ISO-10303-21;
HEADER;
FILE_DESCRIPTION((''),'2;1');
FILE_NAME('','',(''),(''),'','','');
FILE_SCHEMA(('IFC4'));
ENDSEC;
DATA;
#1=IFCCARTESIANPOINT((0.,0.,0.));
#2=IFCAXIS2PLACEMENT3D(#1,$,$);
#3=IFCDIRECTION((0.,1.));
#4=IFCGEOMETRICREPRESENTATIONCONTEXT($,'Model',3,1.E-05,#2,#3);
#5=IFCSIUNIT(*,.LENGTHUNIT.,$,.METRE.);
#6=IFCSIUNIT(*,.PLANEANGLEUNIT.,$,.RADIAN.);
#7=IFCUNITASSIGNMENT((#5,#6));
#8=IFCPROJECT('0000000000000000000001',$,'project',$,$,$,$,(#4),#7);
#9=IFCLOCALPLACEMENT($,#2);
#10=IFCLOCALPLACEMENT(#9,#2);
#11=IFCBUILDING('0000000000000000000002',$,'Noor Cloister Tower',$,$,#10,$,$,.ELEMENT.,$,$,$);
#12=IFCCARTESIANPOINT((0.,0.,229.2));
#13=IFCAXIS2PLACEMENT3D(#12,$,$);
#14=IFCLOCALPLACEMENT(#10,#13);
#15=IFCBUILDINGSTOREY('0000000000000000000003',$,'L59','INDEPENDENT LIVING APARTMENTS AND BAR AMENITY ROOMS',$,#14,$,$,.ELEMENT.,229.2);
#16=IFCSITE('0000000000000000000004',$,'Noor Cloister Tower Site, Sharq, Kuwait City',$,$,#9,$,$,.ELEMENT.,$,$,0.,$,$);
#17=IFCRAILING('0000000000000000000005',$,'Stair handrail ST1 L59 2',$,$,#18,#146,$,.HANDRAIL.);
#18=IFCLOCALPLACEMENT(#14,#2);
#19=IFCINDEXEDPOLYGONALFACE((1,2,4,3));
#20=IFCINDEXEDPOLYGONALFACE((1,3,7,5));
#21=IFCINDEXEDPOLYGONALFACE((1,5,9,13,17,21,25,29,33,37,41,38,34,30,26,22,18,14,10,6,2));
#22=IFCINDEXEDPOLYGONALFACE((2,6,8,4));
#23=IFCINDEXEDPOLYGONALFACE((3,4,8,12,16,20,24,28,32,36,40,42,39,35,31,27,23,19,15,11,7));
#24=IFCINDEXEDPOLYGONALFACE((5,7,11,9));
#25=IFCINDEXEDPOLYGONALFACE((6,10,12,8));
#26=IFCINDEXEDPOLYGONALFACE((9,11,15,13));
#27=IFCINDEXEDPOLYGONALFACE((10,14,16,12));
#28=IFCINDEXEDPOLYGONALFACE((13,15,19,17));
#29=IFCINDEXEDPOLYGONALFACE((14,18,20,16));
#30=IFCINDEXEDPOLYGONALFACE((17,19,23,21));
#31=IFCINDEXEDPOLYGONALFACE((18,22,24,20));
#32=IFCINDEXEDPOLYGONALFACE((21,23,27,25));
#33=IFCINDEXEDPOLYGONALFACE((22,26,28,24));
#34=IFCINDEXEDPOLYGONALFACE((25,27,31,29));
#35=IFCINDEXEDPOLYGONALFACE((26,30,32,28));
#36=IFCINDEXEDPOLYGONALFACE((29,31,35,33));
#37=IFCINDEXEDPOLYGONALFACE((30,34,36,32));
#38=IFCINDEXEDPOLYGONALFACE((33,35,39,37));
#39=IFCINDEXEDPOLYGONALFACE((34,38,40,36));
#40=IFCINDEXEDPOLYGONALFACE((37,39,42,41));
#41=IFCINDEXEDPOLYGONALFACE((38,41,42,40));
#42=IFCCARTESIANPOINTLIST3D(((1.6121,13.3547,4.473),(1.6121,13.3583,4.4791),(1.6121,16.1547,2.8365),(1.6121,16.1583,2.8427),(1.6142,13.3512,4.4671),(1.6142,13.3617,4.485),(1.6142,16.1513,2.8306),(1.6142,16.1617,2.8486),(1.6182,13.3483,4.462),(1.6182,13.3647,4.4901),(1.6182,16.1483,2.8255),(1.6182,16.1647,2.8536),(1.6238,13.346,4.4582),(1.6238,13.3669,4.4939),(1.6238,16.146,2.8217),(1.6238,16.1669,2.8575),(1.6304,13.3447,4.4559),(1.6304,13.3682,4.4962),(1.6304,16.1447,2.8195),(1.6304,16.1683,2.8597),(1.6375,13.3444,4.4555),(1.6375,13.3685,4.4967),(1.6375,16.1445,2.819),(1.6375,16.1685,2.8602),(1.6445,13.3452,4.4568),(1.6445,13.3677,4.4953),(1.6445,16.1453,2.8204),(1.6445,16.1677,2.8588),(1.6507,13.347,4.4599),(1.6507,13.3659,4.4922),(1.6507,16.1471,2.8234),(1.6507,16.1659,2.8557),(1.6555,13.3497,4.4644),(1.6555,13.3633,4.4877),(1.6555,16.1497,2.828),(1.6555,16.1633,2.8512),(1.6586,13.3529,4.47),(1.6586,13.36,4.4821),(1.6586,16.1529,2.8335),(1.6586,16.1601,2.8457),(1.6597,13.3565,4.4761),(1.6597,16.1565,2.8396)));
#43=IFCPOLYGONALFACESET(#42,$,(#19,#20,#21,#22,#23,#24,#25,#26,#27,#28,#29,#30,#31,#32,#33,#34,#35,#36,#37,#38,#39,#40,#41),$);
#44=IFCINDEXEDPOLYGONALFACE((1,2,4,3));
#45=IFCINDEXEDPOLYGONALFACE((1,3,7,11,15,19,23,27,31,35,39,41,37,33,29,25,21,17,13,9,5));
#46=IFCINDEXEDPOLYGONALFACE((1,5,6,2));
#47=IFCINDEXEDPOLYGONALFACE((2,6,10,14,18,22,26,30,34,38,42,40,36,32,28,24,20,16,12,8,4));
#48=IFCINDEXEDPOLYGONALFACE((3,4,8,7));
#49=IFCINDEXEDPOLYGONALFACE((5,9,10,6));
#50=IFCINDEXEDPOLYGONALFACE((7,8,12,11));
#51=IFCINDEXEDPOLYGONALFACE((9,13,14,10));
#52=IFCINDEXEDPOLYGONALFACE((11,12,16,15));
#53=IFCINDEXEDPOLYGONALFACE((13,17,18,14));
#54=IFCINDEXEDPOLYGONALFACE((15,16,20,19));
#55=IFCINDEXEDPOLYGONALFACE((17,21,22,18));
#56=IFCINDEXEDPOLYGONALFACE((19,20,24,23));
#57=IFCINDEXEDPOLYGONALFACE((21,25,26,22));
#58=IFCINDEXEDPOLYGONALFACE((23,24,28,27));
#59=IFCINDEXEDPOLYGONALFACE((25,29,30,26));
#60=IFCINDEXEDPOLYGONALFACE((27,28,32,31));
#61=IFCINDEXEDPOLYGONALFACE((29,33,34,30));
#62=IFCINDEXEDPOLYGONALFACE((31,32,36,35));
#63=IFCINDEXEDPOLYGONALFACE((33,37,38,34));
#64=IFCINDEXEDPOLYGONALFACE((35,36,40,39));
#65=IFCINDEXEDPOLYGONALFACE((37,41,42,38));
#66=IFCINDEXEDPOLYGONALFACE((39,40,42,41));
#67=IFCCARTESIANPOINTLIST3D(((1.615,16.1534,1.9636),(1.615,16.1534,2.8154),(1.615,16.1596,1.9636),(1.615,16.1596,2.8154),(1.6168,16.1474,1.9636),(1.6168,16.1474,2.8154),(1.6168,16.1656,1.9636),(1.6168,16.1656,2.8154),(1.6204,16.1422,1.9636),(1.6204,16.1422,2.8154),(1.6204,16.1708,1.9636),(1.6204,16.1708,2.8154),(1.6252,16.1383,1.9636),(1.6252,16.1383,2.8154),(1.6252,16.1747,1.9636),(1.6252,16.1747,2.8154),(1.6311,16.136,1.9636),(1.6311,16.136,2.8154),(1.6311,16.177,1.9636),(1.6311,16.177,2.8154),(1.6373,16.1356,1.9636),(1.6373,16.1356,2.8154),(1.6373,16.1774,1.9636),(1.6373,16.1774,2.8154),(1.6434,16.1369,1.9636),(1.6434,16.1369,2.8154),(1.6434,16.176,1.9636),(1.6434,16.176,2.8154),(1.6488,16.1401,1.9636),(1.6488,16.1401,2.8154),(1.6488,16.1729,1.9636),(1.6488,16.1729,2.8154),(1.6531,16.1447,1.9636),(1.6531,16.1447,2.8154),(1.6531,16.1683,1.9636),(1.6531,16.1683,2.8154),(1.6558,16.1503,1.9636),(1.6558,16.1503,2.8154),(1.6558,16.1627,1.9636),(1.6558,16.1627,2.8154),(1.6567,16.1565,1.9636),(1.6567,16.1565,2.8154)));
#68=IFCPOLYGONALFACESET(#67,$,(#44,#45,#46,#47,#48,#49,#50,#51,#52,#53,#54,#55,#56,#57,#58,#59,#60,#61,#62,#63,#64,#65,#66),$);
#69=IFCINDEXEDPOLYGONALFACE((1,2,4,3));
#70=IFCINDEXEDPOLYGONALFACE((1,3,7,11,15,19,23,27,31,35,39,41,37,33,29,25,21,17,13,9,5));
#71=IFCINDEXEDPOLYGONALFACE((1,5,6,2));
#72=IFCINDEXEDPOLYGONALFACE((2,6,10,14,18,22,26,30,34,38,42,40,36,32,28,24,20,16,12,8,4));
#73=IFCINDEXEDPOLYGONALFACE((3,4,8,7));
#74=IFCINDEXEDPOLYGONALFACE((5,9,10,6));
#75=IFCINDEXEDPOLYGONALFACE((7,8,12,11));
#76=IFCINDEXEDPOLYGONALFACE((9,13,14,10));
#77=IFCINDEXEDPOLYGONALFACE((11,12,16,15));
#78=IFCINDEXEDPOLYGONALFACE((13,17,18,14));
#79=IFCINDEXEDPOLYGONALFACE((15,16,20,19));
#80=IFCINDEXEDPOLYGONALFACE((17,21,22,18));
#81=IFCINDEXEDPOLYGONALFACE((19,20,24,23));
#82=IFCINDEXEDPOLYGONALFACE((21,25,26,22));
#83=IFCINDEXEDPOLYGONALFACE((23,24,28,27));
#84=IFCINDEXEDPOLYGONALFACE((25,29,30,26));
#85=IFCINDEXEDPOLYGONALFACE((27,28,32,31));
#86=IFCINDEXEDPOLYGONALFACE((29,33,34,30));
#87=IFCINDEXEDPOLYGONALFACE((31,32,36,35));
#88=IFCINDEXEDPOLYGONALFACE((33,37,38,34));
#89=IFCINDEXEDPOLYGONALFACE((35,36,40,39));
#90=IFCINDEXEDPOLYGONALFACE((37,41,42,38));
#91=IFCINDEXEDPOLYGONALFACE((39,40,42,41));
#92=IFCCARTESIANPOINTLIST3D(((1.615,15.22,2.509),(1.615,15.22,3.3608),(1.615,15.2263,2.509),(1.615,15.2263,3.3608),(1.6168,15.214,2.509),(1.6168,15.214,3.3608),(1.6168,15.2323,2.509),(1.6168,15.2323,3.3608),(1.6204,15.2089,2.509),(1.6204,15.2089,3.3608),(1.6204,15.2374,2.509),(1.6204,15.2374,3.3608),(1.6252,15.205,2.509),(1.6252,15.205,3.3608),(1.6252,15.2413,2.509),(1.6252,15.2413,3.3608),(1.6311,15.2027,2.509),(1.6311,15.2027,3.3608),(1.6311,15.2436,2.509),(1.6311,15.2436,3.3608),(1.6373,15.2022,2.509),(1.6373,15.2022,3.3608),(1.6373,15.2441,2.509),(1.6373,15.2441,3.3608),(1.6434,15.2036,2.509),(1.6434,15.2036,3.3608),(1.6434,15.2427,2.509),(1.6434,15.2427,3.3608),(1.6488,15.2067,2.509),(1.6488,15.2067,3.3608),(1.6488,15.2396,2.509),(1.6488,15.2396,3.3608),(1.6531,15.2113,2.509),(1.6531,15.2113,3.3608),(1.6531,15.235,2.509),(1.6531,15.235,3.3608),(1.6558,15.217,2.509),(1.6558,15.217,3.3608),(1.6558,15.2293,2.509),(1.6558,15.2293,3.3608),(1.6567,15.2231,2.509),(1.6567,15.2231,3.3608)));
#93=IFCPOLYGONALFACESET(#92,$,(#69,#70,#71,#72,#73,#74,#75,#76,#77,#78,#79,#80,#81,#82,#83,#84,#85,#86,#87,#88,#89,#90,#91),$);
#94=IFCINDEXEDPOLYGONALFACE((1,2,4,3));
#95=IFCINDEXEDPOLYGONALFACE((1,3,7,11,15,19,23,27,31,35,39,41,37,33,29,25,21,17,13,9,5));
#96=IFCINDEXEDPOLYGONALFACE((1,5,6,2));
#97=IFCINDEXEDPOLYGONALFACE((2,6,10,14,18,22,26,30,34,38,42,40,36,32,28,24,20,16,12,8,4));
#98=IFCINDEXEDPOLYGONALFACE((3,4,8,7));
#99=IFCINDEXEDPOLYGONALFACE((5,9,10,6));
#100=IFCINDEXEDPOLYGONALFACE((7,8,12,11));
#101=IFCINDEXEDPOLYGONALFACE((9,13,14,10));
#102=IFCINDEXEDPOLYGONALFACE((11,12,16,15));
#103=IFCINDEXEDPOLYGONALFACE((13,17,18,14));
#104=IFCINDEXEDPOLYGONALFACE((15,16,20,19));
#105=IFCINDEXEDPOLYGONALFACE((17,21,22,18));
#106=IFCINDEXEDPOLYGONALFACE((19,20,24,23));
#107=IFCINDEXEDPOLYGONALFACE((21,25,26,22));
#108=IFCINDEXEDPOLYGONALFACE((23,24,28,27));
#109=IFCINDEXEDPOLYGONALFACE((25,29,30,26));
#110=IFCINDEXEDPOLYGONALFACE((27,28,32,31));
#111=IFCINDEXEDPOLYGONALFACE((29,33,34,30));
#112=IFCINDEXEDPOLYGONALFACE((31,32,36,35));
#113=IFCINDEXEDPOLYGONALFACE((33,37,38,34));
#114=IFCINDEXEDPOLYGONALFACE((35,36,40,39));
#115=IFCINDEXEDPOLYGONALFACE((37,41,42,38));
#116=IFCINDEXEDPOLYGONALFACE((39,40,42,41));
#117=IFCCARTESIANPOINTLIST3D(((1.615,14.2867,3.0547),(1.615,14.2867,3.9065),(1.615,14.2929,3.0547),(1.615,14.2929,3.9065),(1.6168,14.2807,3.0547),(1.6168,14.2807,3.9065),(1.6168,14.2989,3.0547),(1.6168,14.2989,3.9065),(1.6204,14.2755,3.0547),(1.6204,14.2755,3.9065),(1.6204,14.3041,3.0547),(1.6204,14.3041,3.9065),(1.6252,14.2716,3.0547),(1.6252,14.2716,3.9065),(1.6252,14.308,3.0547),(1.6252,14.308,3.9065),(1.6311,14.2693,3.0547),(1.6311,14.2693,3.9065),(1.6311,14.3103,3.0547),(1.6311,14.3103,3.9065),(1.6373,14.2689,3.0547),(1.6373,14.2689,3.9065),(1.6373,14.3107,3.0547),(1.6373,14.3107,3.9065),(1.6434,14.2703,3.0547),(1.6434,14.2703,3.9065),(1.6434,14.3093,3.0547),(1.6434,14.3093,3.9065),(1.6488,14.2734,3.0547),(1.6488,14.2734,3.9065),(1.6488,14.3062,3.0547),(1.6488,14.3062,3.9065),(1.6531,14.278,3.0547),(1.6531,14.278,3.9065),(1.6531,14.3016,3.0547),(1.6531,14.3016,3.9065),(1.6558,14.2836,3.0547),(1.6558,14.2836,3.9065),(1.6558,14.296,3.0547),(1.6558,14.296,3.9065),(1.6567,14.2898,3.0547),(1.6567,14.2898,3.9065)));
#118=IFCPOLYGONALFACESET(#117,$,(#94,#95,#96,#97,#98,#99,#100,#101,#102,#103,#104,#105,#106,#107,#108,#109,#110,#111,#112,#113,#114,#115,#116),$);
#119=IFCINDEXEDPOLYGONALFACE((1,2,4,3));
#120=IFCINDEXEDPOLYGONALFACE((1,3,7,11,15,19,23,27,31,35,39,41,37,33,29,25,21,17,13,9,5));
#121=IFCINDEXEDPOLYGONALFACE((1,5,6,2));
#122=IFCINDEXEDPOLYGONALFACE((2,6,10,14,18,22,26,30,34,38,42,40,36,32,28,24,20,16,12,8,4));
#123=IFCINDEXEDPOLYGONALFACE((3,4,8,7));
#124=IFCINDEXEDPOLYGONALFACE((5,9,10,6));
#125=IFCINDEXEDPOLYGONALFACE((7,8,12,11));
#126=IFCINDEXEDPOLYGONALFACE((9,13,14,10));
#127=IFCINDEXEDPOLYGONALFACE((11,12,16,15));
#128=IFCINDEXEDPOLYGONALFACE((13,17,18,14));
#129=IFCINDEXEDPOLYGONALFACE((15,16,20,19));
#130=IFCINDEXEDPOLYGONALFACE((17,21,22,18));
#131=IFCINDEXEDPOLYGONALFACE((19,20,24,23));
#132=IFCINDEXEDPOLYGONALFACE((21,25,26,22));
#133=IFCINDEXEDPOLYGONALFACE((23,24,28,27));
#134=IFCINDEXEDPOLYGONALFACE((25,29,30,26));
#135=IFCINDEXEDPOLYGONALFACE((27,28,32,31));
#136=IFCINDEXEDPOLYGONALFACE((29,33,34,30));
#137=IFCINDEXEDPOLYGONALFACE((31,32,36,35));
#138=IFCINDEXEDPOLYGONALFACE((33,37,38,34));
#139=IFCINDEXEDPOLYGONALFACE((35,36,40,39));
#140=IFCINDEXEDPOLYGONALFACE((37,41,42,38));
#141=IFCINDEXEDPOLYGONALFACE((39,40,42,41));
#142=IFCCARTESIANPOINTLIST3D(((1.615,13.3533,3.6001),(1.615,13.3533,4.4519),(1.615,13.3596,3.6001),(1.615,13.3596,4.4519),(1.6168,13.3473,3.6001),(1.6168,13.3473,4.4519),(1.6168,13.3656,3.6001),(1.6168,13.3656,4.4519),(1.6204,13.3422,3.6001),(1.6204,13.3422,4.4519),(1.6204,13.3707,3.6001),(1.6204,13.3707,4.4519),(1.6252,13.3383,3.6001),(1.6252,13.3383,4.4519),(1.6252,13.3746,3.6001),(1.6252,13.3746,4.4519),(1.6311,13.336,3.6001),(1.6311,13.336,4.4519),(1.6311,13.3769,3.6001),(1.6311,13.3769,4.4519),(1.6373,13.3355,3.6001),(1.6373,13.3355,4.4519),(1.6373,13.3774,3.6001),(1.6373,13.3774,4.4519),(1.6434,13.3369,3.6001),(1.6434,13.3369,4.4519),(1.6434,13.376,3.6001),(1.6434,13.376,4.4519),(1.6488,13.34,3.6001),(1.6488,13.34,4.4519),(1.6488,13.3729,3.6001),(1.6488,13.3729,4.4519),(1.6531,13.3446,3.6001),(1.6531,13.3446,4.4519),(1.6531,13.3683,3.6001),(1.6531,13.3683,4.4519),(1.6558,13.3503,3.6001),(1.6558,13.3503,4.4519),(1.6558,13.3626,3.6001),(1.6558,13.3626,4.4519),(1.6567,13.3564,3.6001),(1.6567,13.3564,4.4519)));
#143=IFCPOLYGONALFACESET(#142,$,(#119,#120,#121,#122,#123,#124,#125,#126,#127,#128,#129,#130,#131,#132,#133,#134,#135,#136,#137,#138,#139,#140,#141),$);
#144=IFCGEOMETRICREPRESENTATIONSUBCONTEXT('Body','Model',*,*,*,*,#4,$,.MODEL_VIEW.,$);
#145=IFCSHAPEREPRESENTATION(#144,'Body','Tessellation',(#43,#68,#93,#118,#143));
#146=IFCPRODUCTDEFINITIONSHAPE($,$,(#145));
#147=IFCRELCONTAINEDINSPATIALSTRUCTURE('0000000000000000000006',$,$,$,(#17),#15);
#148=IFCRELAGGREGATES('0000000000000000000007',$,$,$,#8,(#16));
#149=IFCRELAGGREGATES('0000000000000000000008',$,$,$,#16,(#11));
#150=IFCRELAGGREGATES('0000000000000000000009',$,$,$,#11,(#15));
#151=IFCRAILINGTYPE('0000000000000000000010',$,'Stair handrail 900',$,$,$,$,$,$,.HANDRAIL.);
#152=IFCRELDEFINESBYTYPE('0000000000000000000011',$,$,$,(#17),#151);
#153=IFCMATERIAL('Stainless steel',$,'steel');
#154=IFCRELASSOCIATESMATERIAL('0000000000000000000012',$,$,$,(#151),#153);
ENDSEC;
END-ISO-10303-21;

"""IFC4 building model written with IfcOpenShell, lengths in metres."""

from ifc_helpers import new_model, si_unit, direction, frame, origin, origin_2d, place, context, subcontext, project, spatial, circle, extrude, material, type_object, element, save


model = new_model("IFC4")

# Units and contexts
model_context = context("Model", 3, precision=1e-05, world=origin(), true_north=direction((0.0, 1.0)))
body_context = subcontext(model_context, "Body", "Model", "MODEL_VIEW")
ifc_project = project(units=[si_unit("LENGTHUNIT", "METRE"), si_unit("PLANEANGLEUNIT", "RADIAN")], contexts=[model_context])

# Site, building, storey
site_placement = place(None, origin())
site = spatial("IfcSite", under=ifc_project, at=site_placement, Name="Noor Cloister Tower Site, Sharq, Kuwait City", CompositionType="ELEMENT", RefElevation=0.0)
building_placement = place(site_placement, origin())
building = spatial("IfcBuilding", under=site, at=building_placement, Name="Noor Cloister Tower", CompositionType="ELEMENT")
storey_placement = place(building_placement, frame((0.0, 0.0, 229.2)))
storey = spatial("IfcBuildingStorey", under=building, at=storey_placement, Name="L59", Description="INDEPENDENT LIVING APARTMENTS AND BAR AMENITY ROOMS", CompositionType="ELEMENT", Elevation=229.2)

# Railing
ifc_material_1 = material(Name="Stainless steel", Category="steel")
railing_type_1 = type_object("IfcRailingType", Name="Stair handrail 900", PredefinedType="HANDRAIL", material=ifc_material_1)
railing_1_placement = place(storey_placement, frame((1.6357, 16.1565, 1.9636)))
element("IfcRailing", 1, at=railing_1_placement, inside=storey, type_object=railing_type_1, Name="Stair handrail ST1 L59 2", PredefinedType="HANDRAIL", context=body_context, shape_type="SweptSolid", body=[
    extrude(circle(Radius=0.0239, at=origin_2d()), frame((0.0, 0.0, 0.876), z_axis=(0.0, -0.863361, 0.504587), x_axis=(1.0, 0.0, 0.0)), (0.0, 0.0, 1.0), 3.2432),
    extrude(circle(Radius=0.021, at=origin_2d()), origin(), (0.0, 0.0, 1.0), 0.8518),
    extrude(circle(Radius=0.021, at=origin_2d()), frame((0.0, -0.9333, 0.5454)), (0.0, 0.0, 1.0), 0.8518),
    extrude(circle(Radius=0.021, at=origin_2d()), frame((0.0, -1.8667, 1.0911)), (0.0, 0.0, 1.0), 0.8518),
    extrude(circle(Radius=0.021, at=origin_2d()), frame((0.0, -2.8, 1.6365)), (0.0, 0.0, 1.0), 0.8518),
])

save(model, "model.ifc")
